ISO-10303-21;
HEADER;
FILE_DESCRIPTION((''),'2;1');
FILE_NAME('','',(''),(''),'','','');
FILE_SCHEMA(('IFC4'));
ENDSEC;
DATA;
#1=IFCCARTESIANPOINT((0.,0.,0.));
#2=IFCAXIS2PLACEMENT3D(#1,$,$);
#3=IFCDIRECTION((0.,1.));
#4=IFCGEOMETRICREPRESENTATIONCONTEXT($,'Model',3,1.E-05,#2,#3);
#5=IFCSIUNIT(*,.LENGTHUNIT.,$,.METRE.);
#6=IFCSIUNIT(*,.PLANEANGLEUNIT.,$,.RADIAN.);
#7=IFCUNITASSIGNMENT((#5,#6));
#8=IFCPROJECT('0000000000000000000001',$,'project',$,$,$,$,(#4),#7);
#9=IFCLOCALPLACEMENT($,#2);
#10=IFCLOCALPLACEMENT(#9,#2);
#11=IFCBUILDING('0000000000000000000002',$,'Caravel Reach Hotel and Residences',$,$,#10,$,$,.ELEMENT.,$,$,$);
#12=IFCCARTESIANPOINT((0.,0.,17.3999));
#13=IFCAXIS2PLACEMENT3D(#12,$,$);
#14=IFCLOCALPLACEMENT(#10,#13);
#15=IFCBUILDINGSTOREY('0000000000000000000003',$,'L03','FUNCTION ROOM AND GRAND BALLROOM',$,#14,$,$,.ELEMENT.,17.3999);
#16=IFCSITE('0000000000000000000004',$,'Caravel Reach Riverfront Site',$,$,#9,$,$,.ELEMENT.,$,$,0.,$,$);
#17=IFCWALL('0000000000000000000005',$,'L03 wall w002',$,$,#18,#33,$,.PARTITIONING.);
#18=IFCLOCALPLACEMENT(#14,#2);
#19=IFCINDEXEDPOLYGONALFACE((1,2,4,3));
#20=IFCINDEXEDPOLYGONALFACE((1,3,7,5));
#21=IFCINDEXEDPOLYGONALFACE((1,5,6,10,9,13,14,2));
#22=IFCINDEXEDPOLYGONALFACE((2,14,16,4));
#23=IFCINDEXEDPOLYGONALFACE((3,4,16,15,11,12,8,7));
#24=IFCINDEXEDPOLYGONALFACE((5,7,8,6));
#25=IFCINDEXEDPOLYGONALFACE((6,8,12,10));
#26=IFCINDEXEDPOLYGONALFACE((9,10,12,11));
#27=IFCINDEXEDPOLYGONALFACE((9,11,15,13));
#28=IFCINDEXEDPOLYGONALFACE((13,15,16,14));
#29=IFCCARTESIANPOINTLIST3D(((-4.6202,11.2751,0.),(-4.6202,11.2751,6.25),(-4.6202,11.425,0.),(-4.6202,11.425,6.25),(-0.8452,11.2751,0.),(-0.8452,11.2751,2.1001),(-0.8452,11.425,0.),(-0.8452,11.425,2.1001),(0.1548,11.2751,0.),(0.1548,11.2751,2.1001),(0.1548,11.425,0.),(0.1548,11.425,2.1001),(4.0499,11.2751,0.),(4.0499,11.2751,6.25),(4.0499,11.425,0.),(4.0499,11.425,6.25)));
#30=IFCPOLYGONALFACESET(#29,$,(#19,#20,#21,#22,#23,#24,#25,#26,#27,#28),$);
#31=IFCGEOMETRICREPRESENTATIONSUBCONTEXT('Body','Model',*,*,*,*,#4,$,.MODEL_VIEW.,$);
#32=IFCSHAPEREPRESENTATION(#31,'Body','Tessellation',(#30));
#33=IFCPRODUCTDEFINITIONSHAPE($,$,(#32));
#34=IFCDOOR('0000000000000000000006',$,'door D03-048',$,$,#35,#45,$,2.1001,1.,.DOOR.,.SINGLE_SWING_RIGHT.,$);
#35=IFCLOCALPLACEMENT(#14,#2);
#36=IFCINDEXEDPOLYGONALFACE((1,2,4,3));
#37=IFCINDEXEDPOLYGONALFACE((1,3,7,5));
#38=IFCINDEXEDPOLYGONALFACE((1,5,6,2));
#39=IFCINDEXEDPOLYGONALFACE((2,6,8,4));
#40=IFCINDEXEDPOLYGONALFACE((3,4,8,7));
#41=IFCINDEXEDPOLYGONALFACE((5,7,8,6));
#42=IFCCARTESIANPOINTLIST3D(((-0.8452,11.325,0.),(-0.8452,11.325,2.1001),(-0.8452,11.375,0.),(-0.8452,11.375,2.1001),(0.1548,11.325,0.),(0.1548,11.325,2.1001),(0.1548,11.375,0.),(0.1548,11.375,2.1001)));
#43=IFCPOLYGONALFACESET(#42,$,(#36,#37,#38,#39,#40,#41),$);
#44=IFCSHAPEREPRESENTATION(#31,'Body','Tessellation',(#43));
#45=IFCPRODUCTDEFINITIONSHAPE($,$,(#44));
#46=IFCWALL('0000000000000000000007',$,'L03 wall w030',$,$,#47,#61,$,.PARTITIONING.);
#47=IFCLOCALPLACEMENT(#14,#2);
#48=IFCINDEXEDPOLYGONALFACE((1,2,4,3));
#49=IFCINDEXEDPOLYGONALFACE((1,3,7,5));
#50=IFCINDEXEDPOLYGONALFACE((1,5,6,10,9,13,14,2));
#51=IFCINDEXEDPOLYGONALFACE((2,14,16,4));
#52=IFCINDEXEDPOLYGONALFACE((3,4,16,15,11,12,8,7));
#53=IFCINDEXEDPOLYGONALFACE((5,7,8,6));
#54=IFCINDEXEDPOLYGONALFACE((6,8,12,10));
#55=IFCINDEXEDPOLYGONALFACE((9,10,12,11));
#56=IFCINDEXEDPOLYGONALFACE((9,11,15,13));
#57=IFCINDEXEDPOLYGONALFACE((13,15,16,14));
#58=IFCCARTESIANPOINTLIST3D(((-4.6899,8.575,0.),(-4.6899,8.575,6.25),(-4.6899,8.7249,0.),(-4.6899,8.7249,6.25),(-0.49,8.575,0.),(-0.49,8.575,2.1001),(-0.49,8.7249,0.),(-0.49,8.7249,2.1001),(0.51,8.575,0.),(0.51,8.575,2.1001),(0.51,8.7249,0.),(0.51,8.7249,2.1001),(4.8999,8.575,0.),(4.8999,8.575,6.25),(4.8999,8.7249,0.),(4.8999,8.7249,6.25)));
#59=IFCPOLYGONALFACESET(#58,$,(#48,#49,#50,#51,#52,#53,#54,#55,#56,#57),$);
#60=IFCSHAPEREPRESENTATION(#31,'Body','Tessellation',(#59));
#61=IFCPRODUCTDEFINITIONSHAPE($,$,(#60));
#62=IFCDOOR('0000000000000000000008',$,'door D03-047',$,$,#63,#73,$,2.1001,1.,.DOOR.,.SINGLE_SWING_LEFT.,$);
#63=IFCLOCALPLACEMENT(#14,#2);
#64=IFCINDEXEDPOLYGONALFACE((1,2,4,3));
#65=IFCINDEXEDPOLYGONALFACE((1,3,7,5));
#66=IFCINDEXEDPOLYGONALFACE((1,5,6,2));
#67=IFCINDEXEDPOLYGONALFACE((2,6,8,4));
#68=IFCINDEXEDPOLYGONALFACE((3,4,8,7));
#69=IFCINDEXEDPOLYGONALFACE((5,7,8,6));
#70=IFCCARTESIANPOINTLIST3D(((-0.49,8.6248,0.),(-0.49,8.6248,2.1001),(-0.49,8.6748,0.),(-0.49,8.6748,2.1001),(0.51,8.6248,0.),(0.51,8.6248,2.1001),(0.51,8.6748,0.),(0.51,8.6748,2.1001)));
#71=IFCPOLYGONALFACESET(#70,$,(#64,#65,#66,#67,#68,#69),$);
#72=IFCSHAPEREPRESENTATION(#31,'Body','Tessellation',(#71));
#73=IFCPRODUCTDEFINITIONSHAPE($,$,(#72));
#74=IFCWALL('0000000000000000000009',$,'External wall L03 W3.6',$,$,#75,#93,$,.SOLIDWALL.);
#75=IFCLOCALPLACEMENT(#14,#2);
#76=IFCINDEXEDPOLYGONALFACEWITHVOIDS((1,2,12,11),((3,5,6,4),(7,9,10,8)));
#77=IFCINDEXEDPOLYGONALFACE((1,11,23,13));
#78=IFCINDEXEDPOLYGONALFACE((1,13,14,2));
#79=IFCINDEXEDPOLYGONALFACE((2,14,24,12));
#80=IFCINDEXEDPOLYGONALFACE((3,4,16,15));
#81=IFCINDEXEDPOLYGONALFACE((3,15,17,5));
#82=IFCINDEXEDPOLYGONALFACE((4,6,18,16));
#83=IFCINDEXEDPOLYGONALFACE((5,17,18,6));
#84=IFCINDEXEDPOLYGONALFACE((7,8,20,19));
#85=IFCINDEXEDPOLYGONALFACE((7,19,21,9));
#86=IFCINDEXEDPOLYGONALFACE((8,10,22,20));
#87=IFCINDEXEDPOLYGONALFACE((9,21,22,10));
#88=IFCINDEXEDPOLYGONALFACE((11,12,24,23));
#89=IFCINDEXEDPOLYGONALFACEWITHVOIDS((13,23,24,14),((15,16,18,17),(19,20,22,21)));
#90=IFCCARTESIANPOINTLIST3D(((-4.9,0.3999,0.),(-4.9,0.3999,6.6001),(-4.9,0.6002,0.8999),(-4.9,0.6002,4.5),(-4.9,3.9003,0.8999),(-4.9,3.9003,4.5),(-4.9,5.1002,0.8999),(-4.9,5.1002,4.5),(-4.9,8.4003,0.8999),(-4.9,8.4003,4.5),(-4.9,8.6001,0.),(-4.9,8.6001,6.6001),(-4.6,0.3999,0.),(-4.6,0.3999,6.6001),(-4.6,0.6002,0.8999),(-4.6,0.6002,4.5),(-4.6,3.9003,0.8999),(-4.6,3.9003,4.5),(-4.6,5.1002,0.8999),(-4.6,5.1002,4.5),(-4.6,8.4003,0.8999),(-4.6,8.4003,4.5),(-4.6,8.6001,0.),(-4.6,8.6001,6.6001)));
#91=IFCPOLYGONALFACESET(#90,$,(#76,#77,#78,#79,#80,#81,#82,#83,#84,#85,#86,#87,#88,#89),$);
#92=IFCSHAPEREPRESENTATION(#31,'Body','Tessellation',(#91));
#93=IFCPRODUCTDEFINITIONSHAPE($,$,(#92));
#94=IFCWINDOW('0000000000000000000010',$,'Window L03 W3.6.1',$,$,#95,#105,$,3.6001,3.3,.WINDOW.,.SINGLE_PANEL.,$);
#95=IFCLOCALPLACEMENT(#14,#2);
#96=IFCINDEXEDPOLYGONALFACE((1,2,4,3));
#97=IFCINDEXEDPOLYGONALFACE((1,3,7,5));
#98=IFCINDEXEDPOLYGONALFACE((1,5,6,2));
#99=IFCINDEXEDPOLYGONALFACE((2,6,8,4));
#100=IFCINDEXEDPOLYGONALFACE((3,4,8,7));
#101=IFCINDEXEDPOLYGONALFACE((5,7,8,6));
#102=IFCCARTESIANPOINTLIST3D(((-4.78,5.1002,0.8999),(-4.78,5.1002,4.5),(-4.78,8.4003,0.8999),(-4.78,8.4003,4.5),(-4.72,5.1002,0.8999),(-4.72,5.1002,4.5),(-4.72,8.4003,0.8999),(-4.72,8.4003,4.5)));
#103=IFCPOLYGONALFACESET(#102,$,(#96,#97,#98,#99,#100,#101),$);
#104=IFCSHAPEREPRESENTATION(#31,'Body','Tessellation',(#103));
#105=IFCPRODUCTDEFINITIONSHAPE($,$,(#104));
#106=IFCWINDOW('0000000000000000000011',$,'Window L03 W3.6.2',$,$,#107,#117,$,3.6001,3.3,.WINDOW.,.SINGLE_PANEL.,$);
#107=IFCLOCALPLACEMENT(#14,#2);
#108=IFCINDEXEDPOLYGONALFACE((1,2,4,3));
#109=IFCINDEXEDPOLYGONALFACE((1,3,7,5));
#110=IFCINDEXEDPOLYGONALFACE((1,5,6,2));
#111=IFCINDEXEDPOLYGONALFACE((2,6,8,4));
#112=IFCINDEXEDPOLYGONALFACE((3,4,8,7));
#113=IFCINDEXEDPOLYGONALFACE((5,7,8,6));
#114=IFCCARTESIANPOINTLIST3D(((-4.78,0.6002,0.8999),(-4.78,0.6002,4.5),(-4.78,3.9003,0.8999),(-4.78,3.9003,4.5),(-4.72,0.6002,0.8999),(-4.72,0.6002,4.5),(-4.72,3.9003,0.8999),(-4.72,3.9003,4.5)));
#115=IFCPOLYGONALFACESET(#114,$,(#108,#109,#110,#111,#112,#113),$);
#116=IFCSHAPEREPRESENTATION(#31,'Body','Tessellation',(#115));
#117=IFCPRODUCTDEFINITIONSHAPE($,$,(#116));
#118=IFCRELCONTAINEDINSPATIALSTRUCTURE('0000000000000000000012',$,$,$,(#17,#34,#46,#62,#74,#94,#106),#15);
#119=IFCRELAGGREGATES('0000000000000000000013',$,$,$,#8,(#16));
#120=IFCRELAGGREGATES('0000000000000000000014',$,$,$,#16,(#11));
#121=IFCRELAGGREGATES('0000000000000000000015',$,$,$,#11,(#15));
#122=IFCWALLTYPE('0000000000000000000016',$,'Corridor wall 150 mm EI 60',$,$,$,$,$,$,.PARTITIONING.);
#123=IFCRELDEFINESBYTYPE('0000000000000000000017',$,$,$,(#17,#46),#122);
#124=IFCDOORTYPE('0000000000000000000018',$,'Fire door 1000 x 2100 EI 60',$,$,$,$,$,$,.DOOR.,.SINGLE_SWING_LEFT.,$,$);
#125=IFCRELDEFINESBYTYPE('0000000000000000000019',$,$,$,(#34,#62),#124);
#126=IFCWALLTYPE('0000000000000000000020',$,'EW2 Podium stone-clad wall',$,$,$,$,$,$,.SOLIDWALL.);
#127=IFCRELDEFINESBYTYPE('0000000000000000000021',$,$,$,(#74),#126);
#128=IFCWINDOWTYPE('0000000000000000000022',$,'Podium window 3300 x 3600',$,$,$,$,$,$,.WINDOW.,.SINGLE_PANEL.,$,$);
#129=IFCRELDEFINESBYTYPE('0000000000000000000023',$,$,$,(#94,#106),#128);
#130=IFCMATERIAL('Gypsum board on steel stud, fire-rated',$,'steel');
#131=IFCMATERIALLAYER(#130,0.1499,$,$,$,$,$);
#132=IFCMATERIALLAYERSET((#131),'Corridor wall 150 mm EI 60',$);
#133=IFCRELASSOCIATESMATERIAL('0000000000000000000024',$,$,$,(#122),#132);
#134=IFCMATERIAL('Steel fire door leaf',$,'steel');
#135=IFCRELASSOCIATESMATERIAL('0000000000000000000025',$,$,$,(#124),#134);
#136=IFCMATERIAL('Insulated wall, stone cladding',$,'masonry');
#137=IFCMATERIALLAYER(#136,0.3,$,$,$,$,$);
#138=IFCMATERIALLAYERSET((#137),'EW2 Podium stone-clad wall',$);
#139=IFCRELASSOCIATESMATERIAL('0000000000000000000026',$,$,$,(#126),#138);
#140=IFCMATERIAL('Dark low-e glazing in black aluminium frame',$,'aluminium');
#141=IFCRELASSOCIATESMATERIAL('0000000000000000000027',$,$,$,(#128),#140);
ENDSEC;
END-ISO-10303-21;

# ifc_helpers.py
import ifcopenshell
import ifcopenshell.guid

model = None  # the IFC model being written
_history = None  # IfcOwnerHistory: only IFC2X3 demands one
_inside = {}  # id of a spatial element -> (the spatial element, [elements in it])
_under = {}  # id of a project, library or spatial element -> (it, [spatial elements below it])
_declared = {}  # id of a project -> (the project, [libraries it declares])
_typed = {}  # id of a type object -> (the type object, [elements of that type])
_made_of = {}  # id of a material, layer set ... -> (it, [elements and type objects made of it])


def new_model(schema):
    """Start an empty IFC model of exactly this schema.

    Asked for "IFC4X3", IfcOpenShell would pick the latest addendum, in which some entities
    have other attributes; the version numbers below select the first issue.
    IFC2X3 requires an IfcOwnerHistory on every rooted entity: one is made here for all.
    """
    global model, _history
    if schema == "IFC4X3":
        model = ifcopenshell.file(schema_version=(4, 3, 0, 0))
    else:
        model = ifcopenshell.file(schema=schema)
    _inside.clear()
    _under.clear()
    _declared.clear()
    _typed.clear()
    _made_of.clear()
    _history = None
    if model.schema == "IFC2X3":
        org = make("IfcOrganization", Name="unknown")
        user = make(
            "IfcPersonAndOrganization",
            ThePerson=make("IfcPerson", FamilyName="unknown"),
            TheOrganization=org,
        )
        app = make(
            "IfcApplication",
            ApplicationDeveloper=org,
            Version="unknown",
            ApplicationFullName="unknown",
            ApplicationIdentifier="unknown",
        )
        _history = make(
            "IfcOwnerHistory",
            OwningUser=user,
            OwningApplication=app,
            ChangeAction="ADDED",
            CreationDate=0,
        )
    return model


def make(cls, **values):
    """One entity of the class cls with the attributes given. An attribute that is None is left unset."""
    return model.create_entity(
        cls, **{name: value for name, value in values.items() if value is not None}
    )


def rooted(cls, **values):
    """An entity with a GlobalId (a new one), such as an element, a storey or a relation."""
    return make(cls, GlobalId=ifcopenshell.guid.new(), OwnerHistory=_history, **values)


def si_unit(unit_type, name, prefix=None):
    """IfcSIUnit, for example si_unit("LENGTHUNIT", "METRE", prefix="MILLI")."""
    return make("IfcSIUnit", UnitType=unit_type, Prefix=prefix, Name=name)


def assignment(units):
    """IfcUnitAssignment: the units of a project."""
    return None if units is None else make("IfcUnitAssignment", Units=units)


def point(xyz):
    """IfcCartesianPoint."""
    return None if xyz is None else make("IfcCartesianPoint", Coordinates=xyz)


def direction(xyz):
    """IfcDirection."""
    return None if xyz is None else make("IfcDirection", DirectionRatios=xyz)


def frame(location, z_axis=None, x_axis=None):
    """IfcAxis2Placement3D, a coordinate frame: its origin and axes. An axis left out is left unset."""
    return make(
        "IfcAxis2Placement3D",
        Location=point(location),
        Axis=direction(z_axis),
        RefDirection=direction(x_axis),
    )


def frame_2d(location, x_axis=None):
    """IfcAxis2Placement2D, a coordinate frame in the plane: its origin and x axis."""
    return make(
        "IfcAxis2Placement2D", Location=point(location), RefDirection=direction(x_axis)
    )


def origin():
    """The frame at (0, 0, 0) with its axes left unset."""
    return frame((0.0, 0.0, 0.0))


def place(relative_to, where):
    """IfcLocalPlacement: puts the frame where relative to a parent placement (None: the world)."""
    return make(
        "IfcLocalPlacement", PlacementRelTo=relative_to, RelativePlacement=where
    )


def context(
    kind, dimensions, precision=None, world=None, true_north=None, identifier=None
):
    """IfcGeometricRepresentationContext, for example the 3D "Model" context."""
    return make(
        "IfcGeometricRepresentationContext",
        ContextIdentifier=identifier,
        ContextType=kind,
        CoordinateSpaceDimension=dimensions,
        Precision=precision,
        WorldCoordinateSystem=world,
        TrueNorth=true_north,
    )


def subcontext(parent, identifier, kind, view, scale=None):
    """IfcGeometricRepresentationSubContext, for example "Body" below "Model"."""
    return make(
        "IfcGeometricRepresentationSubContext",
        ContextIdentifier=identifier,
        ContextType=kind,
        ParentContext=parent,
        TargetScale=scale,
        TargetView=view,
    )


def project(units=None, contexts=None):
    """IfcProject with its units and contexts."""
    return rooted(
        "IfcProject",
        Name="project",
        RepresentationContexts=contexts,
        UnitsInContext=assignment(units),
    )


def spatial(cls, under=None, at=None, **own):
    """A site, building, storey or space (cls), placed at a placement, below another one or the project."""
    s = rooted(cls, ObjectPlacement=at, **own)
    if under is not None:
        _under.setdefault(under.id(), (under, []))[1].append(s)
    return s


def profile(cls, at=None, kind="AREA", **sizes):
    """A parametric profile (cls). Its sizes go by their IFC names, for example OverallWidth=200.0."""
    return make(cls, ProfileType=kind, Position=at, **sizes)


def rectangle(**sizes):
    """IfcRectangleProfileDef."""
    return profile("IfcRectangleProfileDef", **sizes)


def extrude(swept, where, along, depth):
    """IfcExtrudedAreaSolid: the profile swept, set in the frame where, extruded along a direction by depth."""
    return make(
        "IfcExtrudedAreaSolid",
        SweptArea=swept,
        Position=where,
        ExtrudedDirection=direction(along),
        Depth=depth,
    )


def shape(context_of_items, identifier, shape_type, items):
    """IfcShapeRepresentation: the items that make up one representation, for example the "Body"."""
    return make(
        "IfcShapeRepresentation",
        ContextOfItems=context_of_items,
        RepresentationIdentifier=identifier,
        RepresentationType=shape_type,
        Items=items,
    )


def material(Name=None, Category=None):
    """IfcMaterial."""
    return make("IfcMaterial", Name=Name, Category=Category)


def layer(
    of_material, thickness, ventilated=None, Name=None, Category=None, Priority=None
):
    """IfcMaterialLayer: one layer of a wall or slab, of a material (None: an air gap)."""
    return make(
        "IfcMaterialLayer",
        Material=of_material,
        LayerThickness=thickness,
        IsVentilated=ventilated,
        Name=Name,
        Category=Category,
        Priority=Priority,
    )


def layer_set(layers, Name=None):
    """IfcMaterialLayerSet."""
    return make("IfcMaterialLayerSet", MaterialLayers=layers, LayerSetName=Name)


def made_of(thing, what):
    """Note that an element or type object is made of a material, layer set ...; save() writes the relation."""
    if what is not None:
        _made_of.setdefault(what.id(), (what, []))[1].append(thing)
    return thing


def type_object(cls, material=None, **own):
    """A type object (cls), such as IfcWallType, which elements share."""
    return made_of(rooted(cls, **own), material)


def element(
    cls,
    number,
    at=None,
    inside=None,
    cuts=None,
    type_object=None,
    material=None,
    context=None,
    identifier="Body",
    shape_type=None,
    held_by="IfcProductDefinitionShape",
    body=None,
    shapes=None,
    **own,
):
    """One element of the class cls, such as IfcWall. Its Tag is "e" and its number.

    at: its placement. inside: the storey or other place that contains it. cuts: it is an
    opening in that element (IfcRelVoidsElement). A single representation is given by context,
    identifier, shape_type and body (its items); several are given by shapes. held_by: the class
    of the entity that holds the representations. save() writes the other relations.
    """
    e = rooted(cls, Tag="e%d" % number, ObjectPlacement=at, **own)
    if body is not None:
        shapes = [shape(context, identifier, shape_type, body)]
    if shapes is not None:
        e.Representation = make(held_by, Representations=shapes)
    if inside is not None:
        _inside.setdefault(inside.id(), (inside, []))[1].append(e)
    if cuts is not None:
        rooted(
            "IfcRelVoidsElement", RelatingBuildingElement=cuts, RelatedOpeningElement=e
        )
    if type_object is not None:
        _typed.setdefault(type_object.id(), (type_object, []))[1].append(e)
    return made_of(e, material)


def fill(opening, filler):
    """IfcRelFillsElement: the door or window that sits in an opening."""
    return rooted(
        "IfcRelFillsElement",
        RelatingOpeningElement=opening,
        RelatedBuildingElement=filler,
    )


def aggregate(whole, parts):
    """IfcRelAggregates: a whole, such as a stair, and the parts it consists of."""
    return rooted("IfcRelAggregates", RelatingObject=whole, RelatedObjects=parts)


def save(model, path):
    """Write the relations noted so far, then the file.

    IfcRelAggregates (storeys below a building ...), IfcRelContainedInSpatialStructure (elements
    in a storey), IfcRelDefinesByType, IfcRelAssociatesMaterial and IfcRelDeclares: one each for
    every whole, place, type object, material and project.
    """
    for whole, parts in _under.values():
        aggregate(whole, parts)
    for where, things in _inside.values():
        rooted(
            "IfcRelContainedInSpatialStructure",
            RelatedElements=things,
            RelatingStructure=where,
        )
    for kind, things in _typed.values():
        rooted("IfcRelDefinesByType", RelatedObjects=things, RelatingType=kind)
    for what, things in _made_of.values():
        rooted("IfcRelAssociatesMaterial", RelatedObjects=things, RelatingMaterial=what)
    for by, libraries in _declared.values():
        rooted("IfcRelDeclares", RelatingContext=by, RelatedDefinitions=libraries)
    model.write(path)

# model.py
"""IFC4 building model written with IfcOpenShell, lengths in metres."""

from ifc_helpers import new_model, si_unit, direction, frame, frame_2d, origin, place, context, subcontext, project, spatial, rectangle, extrude, material, layer, layer_set, type_object, element, fill, save


model = new_model("IFC4")

# Units and contexts
model_context = context("Model", 3, precision=1e-05, world=origin(), true_north=direction((0.0, 1.0)))
body_context = subcontext(model_context, "Body", "Model", "MODEL_VIEW")
ifc_project = project(units=[si_unit("LENGTHUNIT", "METRE"), si_unit("PLANEANGLEUNIT", "RADIAN")], contexts=[model_context])

# Site, building, storey
site_placement = place(None, origin())
site = spatial("IfcSite", under=ifc_project, at=site_placement, Name="Caravel Reach Riverfront Site", CompositionType="ELEMENT", RefElevation=0.0)
building_placement = place(site_placement, origin())
building = spatial("IfcBuilding", under=site, at=building_placement, Name="Caravel Reach Hotel and Residences", CompositionType="ELEMENT")
storey_placement = place(building_placement, frame((0.0, 0.0, 17.3999)))
storey = spatial("IfcBuildingStorey", under=building, at=storey_placement, Name="L03", Description="FUNCTION ROOM AND GRAND BALLROOM", CompositionType="ELEMENT", Elevation=17.3999)

# Walls, openings, doors
ifc_material_1 = material(Name="Gypsum board on steel stud, fire-rated", Category="steel")
ifc_layer_1 = layer(ifc_material_1, 0.1499)
ifc_layer_set_1 = layer_set([ifc_layer_1], Name="Corridor wall 150 mm EI 60")
wall_type_1 = type_object("IfcWallType", Name="Corridor wall 150 mm EI 60", PredefinedType="PARTITIONING", material=ifc_layer_set_1)
wall_1_placement = place(storey_placement, frame((-4.6201, 11.3501, 0.0), z_axis=(0.0, 0.0, 1.0), x_axis=(1.0, 0.0, 0.0)))
wall_1 = element("IfcWall", 1, at=wall_1_placement, inside=storey, type_object=wall_type_1, Name="L03 wall w002", PredefinedType="PARTITIONING", context=body_context, shape_type="SweptSolid", body=[
    extrude(rectangle(XDim=8.6702, YDim=0.1499, at=frame_2d((4.335, 0.0))), origin(), (0.0, 0.0, 1.0), 6.25),
])
opening_1_placement = place(wall_1_placement, frame((3.7749, 0.0, 0.0)))
opening_1 = element("IfcOpeningElement", 2, at=opening_1_placement, cuts=wall_1, PredefinedType="OPENING", context=body_context, shape_type="SweptSolid", body=[
    extrude(rectangle(XDim=1.0, YDim=2.1001, at=frame_2d((0.5, 1.05))), frame((0.0, 0.085, 0.0), z_axis=(0.0, -1.0, 0.0), x_axis=(1.0, 0.0, 0.0)), (0.0, 0.0, 1.0), 0.1699),
])
ifc_material_2 = material(Name="Steel fire door leaf", Category="steel")
door_type = type_object("IfcDoorType", Name="Fire door 1000 x 2100 EI 60", OperationType="SINGLE_SWING_LEFT", PredefinedType="DOOR", material=ifc_material_2)
door_1_placement = place(opening_1_placement, origin())
door_1 = element("IfcDoor", 3, at=door_1_placement, inside=storey, type_object=door_type, Name="door D03-048", OperationType="SINGLE_SWING_RIGHT", OverallHeight=2.1001, OverallWidth=1.0, PredefinedType="DOOR", context=body_context, shape_type="SweptSolid", body=[
    extrude(rectangle(XDim=1.0, YDim=2.1001, at=frame_2d((0.5, 1.05))), frame((0.0, 0.0249, 0.0), z_axis=(0.0, -1.0, 0.0), x_axis=(1.0, 0.0, 0.0)), (0.0, 0.0, 1.0), 0.05),
])
fill(opening_1, door_1)
wall_2_placement = place(storey_placement, frame((-4.6899, 8.6499, 0.0), z_axis=(0.0, 0.0, 1.0), x_axis=(1.0, 0.0, 0.0)))
wall_2 = element("IfcWall", 4, at=wall_2_placement, inside=storey, type_object=wall_type_1, Name="L03 wall w030", PredefinedType="PARTITIONING", context=body_context, shape_type="SweptSolid", body=[
    extrude(rectangle(XDim=9.5898, YDim=0.1499, at=frame_2d((4.7949, 0.0))), origin(), (0.0, 0.0, 1.0), 6.25),
])
opening_2_placement = place(wall_2_placement, frame((4.2, 0.0, 0.0)))
opening_2 = element("IfcOpeningElement", 5, at=opening_2_placement, cuts=wall_2, PredefinedType="OPENING", context=body_context, shape_type="SweptSolid", body=[
    extrude(rectangle(XDim=1.0, YDim=2.1001, at=frame_2d((0.5, 1.05))), frame((0.0, 0.085, 0.0), z_axis=(0.0, -1.0, 0.0), x_axis=(1.0, 0.0, 0.0)), (0.0, 0.0, 1.0), 0.1699),
])
door_2_placement = place(opening_2_placement, origin())
door_2 = element("IfcDoor", 6, at=door_2_placement, inside=storey, type_object=door_type, Name="door D03-047", OperationType="SINGLE_SWING_LEFT", OverallHeight=2.1001, OverallWidth=1.0, PredefinedType="DOOR", context=body_context, shape_type="SweptSolid", body=[
    extrude(rectangle(XDim=1.0, YDim=2.1001, at=frame_2d((0.5, 1.05))), frame((0.0, 0.0249, 0.0), z_axis=(0.0, -1.0, 0.0), x_axis=(1.0, 0.0, 0.0)), (0.0, 0.0, 1.0), 0.05),
])
fill(opening_2, door_2)

# Wall, openings, windows
ifc_material_3 = material(Name="Insulated wall, stone cladding", Category="masonry")
ifc_layer_2 = layer(ifc_material_3, 0.3)
ifc_layer_set_2 = layer_set([ifc_layer_2], Name="EW2 Podium stone-clad wall")
wall_type_2 = type_object("IfcWallType", Name="EW2 Podium stone-clad wall", PredefinedType="SOLIDWALL", material=ifc_layer_set_2)
wall_3_placement = place(storey_placement, frame((-4.75, 8.6001, 0.0), z_axis=(0.0, 0.0, 1.0), x_axis=(0.0, -1.0, 0.0)))
wall_3 = element("IfcWall", 7, at=wall_3_placement, inside=storey, type_object=wall_type_2, Name="External wall L03 W3.6", PredefinedType="SOLIDWALL", context=body_context, shape_type="SweptSolid", body=[
    extrude(rectangle(XDim=8.2002, YDim=0.3, at=frame_2d((4.1001, 0.0))), origin(), (0.0, 0.0, 1.0), 6.6001),
])
opening_3_placement = place(wall_3_placement, frame((0.2, 0.0, 0.8999)))
opening_3 = element("IfcOpeningElement", 8, at=opening_3_placement, cuts=wall_3, PredefinedType="OPENING", context=body_context, shape_type="SweptSolid", body=[
    extrude(rectangle(XDim=3.3, YDim=3.6001, at=frame_2d((1.6499, 1.8))), frame((0.0, 0.1599, 0.0), z_axis=(0.0, -1.0, 0.0), x_axis=(1.0, 0.0, 0.0)), (0.0, 0.0, 1.0), 0.3201),
])
opening_4_placement = place(wall_3_placement, frame((4.7, 0.0, 0.8999)))
opening_4 = element("IfcOpeningElement", 9, at=opening_4_placement, cuts=wall_3, PredefinedType="OPENING", context=body_context, shape_type="SweptSolid", body=[
    extrude(rectangle(XDim=3.3, YDim=3.6001, at=frame_2d((1.6499, 1.8))), frame((0.0, 0.1599, 0.0), z_axis=(0.0, -1.0, 0.0), x_axis=(1.0, 0.0, 0.0)), (0.0, 0.0, 1.0), 0.3201),
])
ifc_material_4 = material(Name="Dark low-e glazing in black aluminium frame", Category="aluminium")
window_type = type_object("IfcWindowType", Name="Podium window 3300 x 3600", PartitioningType="SINGLE_PANEL", PredefinedType="WINDOW", material=ifc_material_4)
window_1_placement = place(opening_3_placement, origin())
window_1 = element("IfcWindow", 10, at=window_1_placement, inside=storey, type_object=window_type, Name="Window L03 W3.6.1", OverallHeight=3.6001, OverallWidth=3.3, PartitioningType="SINGLE_PANEL", PredefinedType="WINDOW", context=body_context, shape_type="SweptSolid", body=[
    extrude(rectangle(XDim=3.3, YDim=3.6001, at=frame_2d((1.6499, 1.8))), frame((0.0, 0.03, 0.0), z_axis=(0.0, -1.0, 0.0), x_axis=(1.0, 0.0, 0.0)), (0.0, 0.0, 1.0), 0.0601),
])
fill(opening_3, window_1)
window_2_placement = place(opening_4_placement, origin())
window_2 = element("IfcWindow", 11, at=window_2_placement, inside=storey, type_object=window_type, Name="Window L03 W3.6.2", OverallHeight=3.6001, OverallWidth=3.3, PartitioningType="SINGLE_PANEL", PredefinedType="WINDOW", context=body_context, shape_type="SweptSolid", body=[
    extrude(rectangle(XDim=3.3, YDim=3.6001, at=frame_2d((1.6499, 1.8))), frame((0.0, 0.03, 0.0), z_axis=(0.0, -1.0, 0.0), x_axis=(1.0, 0.0, 0.0)), (0.0, 0.0, 1.0), 0.0601),
])
fill(opening_4, window_2)

save(model, "model.ifc")
